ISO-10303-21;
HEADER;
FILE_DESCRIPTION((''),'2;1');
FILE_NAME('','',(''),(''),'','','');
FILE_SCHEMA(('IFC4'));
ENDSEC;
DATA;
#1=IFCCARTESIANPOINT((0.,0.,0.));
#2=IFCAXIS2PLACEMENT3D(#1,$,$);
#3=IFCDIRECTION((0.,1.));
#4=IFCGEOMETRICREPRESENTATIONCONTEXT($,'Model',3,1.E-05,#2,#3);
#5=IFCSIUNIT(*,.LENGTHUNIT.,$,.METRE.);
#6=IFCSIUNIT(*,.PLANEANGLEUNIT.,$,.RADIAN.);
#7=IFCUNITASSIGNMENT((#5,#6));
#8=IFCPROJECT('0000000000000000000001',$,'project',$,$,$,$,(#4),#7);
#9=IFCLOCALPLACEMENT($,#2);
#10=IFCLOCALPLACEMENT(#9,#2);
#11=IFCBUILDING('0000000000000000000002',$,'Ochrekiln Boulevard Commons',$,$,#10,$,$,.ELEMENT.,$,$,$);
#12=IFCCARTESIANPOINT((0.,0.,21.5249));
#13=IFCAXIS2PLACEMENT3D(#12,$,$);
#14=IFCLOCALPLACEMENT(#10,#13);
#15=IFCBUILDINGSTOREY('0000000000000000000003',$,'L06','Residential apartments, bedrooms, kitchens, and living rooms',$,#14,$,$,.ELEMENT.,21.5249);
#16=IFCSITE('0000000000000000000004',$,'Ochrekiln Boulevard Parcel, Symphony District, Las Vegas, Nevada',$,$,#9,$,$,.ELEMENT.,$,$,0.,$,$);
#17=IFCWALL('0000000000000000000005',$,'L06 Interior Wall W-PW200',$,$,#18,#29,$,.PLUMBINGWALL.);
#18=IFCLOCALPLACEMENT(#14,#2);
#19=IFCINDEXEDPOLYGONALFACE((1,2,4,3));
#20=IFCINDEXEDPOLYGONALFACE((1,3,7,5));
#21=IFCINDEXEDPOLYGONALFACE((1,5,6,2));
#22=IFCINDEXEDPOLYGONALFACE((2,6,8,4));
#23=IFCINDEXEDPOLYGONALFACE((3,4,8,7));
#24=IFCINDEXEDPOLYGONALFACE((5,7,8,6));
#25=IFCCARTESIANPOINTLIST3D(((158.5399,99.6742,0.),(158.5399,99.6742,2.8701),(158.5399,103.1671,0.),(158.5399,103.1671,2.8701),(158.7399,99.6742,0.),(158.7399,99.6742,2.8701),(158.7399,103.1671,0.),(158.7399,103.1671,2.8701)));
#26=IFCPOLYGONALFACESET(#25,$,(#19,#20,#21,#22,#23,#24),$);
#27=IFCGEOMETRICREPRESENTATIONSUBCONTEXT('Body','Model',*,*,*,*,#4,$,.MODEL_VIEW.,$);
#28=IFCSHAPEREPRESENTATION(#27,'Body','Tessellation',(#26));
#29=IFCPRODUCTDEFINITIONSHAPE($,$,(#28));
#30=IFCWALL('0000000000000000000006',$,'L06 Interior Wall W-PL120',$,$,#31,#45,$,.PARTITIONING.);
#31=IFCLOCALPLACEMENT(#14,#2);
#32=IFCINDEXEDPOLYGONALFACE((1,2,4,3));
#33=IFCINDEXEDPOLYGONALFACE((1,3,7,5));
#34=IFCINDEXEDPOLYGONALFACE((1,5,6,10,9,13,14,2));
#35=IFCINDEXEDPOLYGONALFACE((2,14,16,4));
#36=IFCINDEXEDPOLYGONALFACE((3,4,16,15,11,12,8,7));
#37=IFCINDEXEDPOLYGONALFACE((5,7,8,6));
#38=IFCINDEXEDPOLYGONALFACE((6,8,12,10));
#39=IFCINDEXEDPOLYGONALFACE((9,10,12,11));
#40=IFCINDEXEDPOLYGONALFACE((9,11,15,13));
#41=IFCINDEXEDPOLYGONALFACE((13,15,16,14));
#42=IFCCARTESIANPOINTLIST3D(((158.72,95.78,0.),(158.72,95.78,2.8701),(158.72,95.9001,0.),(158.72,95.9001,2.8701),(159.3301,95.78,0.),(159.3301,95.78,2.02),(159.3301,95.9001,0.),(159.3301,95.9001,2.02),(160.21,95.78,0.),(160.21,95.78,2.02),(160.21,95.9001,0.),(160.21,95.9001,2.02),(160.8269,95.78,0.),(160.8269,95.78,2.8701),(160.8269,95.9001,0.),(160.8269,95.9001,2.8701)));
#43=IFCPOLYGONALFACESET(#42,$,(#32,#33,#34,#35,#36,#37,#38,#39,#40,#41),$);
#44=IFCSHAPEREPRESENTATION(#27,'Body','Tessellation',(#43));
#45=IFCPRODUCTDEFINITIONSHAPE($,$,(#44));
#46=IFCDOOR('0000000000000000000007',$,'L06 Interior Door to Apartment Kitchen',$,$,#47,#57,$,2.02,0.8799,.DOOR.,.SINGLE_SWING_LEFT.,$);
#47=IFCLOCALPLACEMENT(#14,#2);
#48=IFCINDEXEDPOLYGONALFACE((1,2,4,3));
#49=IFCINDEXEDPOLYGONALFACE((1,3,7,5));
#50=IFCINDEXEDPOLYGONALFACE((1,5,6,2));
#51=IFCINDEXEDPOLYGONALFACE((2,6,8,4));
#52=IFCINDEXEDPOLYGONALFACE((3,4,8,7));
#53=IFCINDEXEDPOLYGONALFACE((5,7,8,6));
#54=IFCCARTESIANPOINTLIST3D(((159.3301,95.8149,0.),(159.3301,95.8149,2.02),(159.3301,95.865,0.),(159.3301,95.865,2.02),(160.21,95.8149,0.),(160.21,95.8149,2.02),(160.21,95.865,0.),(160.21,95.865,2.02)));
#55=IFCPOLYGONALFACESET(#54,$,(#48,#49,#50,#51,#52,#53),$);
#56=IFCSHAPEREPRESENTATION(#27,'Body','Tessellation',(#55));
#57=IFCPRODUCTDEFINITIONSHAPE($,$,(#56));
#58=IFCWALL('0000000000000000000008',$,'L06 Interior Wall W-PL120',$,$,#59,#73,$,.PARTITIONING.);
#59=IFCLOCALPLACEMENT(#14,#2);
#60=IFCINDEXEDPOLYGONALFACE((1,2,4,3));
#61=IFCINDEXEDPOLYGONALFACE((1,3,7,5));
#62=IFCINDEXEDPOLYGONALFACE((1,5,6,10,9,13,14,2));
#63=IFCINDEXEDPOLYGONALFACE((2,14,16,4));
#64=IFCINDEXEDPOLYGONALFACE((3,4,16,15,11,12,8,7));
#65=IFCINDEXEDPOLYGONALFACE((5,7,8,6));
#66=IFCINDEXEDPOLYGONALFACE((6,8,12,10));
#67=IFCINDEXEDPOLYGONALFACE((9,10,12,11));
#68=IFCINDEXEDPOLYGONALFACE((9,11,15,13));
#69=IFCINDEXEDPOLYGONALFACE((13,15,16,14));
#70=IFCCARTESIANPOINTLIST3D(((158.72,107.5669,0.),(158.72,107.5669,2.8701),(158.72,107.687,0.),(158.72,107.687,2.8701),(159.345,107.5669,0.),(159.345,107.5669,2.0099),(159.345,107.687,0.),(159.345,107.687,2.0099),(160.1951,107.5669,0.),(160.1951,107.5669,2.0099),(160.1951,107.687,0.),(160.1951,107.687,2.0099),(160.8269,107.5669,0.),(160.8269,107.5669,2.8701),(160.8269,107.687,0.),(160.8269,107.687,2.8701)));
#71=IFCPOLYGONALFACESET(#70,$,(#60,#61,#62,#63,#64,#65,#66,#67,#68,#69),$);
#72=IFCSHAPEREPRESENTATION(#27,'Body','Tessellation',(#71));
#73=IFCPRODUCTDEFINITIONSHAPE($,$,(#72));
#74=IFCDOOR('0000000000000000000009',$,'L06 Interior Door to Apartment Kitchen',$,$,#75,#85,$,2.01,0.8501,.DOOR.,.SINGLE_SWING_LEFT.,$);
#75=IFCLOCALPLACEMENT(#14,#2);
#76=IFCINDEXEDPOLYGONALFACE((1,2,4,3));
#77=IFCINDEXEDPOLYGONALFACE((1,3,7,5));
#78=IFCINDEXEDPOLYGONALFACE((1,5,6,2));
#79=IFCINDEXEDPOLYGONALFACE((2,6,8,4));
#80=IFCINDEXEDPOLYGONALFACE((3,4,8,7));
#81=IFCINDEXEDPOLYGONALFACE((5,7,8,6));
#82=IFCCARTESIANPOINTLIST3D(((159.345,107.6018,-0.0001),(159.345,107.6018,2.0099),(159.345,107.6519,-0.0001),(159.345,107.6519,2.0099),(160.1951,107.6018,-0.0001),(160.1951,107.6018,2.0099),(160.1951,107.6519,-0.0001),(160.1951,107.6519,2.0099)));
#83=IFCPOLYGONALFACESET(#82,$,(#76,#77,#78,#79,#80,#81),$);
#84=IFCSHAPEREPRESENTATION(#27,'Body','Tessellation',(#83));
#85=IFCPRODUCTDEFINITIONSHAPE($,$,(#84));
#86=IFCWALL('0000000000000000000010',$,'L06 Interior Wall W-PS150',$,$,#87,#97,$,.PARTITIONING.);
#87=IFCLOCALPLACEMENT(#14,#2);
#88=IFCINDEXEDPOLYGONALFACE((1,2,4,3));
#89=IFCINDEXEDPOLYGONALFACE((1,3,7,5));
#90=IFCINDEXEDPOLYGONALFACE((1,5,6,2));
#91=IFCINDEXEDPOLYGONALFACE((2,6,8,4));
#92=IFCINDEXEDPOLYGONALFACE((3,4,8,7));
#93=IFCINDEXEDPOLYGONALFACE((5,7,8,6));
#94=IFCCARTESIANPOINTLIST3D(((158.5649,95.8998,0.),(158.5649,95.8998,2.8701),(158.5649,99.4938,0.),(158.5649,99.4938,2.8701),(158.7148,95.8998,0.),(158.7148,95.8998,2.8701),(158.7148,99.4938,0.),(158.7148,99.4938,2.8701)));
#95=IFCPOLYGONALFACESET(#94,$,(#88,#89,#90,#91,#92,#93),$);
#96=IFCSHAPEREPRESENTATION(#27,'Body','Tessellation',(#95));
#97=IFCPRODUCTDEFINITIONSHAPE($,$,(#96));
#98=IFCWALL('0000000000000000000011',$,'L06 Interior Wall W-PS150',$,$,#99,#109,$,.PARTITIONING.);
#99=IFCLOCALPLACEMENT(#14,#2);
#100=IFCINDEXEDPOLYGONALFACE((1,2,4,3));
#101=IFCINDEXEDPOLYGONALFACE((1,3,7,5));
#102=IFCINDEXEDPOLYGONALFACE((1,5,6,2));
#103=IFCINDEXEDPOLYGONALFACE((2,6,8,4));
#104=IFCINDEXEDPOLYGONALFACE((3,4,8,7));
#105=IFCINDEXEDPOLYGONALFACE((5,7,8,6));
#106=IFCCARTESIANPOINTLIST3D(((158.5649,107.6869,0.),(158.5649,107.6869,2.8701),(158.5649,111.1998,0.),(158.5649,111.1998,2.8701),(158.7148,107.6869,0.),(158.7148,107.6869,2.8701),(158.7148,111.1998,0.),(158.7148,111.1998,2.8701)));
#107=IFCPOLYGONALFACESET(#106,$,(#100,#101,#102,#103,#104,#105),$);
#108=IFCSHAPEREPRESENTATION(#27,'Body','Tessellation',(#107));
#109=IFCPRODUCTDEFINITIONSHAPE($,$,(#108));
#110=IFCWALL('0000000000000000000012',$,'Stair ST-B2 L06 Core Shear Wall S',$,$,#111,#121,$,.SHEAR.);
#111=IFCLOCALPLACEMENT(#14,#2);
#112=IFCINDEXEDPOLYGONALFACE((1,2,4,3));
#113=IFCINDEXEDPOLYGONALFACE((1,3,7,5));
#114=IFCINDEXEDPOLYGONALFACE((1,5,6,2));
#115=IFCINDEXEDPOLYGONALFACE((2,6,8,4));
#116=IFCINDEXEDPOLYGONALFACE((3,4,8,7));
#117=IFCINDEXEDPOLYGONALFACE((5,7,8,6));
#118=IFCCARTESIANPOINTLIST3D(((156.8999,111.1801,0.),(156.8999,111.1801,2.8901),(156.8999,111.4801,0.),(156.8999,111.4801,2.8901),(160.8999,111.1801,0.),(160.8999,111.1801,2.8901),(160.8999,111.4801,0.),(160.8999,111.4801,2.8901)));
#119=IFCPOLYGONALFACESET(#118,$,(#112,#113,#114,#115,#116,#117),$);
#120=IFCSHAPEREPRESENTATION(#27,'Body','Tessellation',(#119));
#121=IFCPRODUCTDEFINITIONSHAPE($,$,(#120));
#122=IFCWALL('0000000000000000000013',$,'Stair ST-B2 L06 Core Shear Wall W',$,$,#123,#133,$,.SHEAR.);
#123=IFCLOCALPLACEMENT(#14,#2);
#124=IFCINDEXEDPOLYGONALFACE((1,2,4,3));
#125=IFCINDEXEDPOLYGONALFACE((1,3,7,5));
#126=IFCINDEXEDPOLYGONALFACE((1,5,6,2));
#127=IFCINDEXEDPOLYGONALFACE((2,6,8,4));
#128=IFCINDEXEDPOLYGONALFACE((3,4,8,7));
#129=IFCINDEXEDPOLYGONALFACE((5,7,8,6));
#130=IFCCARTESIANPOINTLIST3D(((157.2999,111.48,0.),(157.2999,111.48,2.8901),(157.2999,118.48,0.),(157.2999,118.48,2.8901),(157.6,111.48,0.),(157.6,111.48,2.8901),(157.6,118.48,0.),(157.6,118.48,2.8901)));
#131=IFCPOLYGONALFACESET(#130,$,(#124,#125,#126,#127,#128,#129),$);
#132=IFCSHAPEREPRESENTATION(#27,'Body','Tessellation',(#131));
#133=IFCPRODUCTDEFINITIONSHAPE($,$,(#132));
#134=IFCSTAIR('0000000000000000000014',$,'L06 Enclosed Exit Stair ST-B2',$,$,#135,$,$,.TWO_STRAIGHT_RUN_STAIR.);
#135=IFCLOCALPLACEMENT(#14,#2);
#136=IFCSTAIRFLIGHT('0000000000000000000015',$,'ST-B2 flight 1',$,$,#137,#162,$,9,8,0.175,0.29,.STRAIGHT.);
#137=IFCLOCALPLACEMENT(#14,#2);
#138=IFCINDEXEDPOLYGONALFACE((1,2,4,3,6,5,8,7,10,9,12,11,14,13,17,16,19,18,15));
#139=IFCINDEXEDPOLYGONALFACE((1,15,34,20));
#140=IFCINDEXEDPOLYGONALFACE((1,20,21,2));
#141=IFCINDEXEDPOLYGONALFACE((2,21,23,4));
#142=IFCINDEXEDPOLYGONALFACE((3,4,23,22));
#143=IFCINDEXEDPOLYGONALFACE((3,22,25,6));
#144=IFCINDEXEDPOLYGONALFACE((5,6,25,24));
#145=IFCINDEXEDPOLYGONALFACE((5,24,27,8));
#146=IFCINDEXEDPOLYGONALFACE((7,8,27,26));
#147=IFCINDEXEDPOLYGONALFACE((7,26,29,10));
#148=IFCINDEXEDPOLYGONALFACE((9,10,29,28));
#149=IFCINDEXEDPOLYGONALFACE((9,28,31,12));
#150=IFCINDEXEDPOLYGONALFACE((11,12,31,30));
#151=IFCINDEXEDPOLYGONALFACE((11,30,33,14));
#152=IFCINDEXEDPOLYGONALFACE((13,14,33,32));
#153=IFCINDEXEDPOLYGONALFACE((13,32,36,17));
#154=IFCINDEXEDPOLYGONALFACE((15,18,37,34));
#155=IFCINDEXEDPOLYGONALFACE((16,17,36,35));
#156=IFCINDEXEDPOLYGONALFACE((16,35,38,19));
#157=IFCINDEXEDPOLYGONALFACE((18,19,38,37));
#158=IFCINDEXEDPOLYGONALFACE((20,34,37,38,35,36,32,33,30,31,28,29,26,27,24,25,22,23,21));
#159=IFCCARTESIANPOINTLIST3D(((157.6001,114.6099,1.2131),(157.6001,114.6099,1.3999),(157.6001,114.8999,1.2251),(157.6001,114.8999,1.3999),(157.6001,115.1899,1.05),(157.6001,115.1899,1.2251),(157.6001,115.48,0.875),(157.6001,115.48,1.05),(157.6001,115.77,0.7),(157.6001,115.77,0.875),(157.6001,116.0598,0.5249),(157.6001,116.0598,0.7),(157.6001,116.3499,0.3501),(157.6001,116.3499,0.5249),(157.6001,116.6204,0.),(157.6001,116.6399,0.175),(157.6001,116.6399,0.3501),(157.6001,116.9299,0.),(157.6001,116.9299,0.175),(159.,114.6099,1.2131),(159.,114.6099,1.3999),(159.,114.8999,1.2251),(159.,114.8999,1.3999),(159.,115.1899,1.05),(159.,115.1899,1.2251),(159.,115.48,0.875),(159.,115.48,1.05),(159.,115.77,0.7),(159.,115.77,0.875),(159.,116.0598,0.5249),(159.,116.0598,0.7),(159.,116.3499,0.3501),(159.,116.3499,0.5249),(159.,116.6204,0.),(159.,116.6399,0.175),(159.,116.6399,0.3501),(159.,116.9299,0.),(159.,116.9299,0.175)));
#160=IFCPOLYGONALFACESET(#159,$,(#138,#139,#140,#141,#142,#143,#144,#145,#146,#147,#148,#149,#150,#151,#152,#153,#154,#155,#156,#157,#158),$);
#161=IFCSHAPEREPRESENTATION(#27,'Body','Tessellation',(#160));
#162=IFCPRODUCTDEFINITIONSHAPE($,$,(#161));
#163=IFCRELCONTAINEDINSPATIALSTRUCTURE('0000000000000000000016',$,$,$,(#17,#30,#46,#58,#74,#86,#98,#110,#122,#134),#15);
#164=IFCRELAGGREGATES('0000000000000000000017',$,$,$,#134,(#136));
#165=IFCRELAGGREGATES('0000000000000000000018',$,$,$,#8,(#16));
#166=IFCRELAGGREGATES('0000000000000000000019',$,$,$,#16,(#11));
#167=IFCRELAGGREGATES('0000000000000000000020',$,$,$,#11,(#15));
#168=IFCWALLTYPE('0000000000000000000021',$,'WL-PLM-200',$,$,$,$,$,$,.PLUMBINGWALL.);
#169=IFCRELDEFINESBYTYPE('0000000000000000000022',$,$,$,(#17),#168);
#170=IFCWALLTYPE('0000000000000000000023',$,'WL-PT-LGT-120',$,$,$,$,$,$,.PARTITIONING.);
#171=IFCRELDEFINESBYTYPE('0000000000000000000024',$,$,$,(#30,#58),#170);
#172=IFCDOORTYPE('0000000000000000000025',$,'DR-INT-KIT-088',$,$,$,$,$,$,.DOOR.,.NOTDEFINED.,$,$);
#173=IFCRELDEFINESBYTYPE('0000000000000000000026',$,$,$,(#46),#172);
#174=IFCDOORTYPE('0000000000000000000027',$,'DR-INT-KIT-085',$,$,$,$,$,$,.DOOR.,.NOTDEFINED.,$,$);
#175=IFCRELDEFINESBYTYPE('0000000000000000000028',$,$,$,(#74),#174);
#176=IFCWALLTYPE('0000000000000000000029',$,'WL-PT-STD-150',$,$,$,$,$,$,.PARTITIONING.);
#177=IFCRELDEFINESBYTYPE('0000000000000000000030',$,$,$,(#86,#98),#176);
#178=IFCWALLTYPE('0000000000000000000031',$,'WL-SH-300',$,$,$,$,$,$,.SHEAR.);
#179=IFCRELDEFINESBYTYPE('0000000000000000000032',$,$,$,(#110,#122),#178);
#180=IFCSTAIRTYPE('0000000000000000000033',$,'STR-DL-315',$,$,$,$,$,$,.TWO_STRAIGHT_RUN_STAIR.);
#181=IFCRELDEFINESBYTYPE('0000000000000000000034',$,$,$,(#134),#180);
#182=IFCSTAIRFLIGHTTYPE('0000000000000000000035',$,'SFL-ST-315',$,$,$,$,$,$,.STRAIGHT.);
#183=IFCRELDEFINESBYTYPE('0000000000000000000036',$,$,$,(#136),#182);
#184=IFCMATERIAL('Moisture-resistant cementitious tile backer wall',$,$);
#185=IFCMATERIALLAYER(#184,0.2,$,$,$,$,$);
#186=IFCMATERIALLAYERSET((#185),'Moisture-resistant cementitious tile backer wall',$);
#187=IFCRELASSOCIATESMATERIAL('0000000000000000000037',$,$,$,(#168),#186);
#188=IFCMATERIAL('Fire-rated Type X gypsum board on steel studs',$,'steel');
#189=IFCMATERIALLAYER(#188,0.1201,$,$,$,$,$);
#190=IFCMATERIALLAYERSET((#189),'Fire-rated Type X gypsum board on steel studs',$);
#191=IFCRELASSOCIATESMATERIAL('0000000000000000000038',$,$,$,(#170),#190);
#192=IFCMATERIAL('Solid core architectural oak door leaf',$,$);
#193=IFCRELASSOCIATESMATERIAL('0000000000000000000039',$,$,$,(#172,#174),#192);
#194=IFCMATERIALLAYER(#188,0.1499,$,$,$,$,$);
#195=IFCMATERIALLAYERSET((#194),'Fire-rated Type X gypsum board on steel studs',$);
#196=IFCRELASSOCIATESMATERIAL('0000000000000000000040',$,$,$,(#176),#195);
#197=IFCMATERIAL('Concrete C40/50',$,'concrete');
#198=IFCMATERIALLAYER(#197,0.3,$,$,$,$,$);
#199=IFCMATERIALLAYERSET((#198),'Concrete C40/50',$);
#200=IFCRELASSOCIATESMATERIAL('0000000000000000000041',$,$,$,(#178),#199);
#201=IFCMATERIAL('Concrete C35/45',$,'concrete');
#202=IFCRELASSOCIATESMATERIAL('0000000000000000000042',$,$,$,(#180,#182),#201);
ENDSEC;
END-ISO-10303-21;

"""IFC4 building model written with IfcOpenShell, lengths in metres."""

from ifc_helpers import new_model, si_unit, direction, frame, frame_2d, origin, place, context, subcontext, project, spatial, polyline, rectangle, outline, extrude, material, layer, layer_set, type_object, element, fill, aggregate, save


model = new_model("IFC4")

# Units and contexts
model_context = context("Model", 3, precision=1e-05, world=origin(), true_north=direction((0.0, 1.0)))
body_context = subcontext(model_context, "Body", "Model", "MODEL_VIEW")
ifc_project = project(units=[si_unit("LENGTHUNIT", "METRE"), si_unit("PLANEANGLEUNIT", "RADIAN")], contexts=[model_context])

# Site, building, storey
site_placement = place(None, origin())
site = spatial("IfcSite", under=ifc_project, at=site_placement, Name="Ochrekiln Boulevard Parcel, Symphony District, Las Vegas, Nevada", CompositionType="ELEMENT", RefElevation=0.0)
building_placement = place(site_placement, origin())
building = spatial("IfcBuilding", under=site, at=building_placement, Name="Ochrekiln Boulevard Commons", CompositionType="ELEMENT")
storey_placement = place(building_placement, frame((0.0, 0.0, 21.5249)))
storey = spatial("IfcBuildingStorey", under=building, at=storey_placement, Name="L06", Description="Residential apartments, bedrooms, kitchens, and living rooms", CompositionType="ELEMENT", Elevation=21.5249)

# Shared definitions
ifc_material_1 = material(Name="Concrete C40/50", Category="concrete")

# Shared definitions
ifc_material_2 = material(Name="Moisture-resistant cementitious tile backer wall")
ifc_layer_1 = layer(ifc_material_2, 0.2)
ifc_layer_set_1 = layer_set([ifc_layer_1], Name="Moisture-resistant cementitious tile backer wall")
wall_type_1 = type_object("IfcWallType", Name="WL-PLM-200", PredefinedType="PLUMBINGWALL", material=ifc_layer_set_1)
ifc_material_3 = material(Name="Solid core architectural oak door leaf")

# Wall
wall_1_placement = place(storey_placement, frame((158.6399, 99.6741, 0.0), z_axis=(0.0, 0.0, 1.0), x_axis=(0.0, 1.0, 0.0)))
element("IfcWall", 1, at=wall_1_placement, inside=storey, type_object=wall_type_1, Name="L06 Interior Wall W-PW200", PredefinedType="PLUMBINGWALL", context=body_context, shape_type="SweptSolid", body=[
    extrude(rectangle(XDim=3.4929, YDim=0.2, at=frame_2d((1.7466, 0.0))), origin(), (0.0, 0.0, 1.0), 2.8701),
])

# Walls, openings, doors
ifc_material_4 = material(Name="Fire-rated Type X gypsum board on steel studs", Category="steel")
ifc_layer_2 = layer(ifc_material_4, 0.1201)
ifc_layer_set_2 = layer_set([ifc_layer_2], Name="Fire-rated Type X gypsum board on steel studs")
wall_type_2 = type_object("IfcWallType", Name="WL-PT-LGT-120", PredefinedType="PARTITIONING", material=ifc_layer_set_2)
wall_2_placement = place(storey_placement, frame((158.72, 95.8401, 0.0), z_axis=(0.0, 0.0, 1.0), x_axis=(1.0, 0.0, 0.0)))
wall_2 = element("IfcWall", 2, at=wall_2_placement, inside=storey, type_object=wall_type_2, Name="L06 Interior Wall W-PL120", PredefinedType="PARTITIONING", context=body_context, shape_type="SweptSolid", body=[
    extrude(rectangle(XDim=2.1069, YDim=0.1201, at=frame_2d((1.0535, 0.0))), origin(), (0.0, 0.0, 1.0), 2.8701),
])
opening_1_placement = place(wall_2_placement, frame((0.6101, 0.0, 0.0)))
opening_1 = element("IfcOpeningElement", 3, at=opening_1_placement, cuts=wall_2, PredefinedType="OPENING", context=body_context, shape_type="SweptSolid", body=[
    extrude(rectangle(XDim=0.8799, YDim=2.02, at=frame_2d((0.4399, 1.01))), frame((0.0, 0.0701, 0.0), z_axis=(0.0, -1.0, 0.0), x_axis=(1.0, 0.0, 0.0)), (0.0, 0.0, 1.0), 0.1401),
])
door_type_1 = type_object("IfcDoorType", Name="DR-INT-KIT-088", OperationType="NOTDEFINED", PredefinedType="DOOR", material=ifc_material_3)
door_1_placement = place(opening_1_placement, origin())
door_1 = element("IfcDoor", 4, at=door_1_placement, inside=storey, type_object=door_type_1, Name="L06 Interior Door to Apartment Kitchen", OperationType="SINGLE_SWING_LEFT", OverallHeight=2.02, OverallWidth=0.8799, PredefinedType="DOOR", context=body_context, shape_type="SweptSolid", body=[
    extrude(rectangle(XDim=0.8799, YDim=2.02, at=frame_2d((0.4399, 1.01))), frame((0.0, 0.0249, 0.0), z_axis=(0.0, -1.0, 0.0), x_axis=(1.0, 0.0, 0.0)), (0.0, 0.0, 1.0), 0.05),
])
fill(opening_1, door_1)
wall_3_placement = place(storey_placement, frame((158.72, 107.627, 0.0), z_axis=(0.0, 0.0, 1.0), x_axis=(1.0, 0.0, 0.0)))
wall_3 = element("IfcWall", 5, at=wall_3_placement, inside=storey, type_object=wall_type_2, Name="L06 Interior Wall W-PL120", PredefinedType="PARTITIONING", context=body_context, shape_type="SweptSolid", body=[
    extrude(rectangle(XDim=2.1069, YDim=0.1201, at=frame_2d((1.0535, 0.0))), origin(), (0.0, 0.0, 1.0), 2.8701),
])
opening_2_placement = place(wall_3_placement, frame((0.625, 0.0, 0.0)))
opening_2 = element("IfcOpeningElement", 6, at=opening_2_placement, cuts=wall_3, PredefinedType="OPENING", context=body_context, shape_type="SweptSolid", body=[
    extrude(rectangle(XDim=0.8501, YDim=2.01, at=frame_2d((0.425, 1.0049))), frame((0.0, 0.0701, 0.0), z_axis=(0.0, -1.0, 0.0), x_axis=(1.0, 0.0, 0.0)), (0.0, 0.0, 1.0), 0.1401),
])
door_type_2 = type_object("IfcDoorType", Name="DR-INT-KIT-085", OperationType="NOTDEFINED", PredefinedType="DOOR", material=ifc_material_3)
door_2_placement = place(opening_2_placement, origin())
door_2 = element("IfcDoor", 7, at=door_2_placement, inside=storey, type_object=door_type_2, Name="L06 Interior Door to Apartment Kitchen", OperationType="SINGLE_SWING_LEFT", OverallHeight=2.01, OverallWidth=0.8501, PredefinedType="DOOR", context=body_context, shape_type="SweptSolid", body=[
    extrude(rectangle(XDim=0.8501, YDim=2.01, at=frame_2d((0.425, 1.0049))), frame((0.0, 0.0249, 0.0), z_axis=(0.0, -1.0, 0.0), x_axis=(1.0, 0.0, 0.0)), (0.0, 0.0, 1.0), 0.05),
])
fill(opening_2, door_2)

# Walls
ifc_layer_3 = layer(ifc_material_4, 0.1499)
ifc_layer_set_3 = layer_set([ifc_layer_3], Name="Fire-rated Type X gypsum board on steel studs")
wall_type_3 = type_object("IfcWallType", Name="WL-PT-STD-150", PredefinedType="PARTITIONING", material=ifc_layer_set_3)
wall_4_placement = place(storey_placement, frame((158.6399, 95.8999, 0.0), z_axis=(0.0, 0.0, 1.0), x_axis=(0.0, 1.0, 0.0)))
element("IfcWall", 8, at=wall_4_placement, inside=storey, type_object=wall_type_3, Name="L06 Interior Wall W-PS150", PredefinedType="PARTITIONING", context=body_context, shape_type="SweptSolid", body=[
    extrude(rectangle(XDim=3.594, YDim=0.1499, at=frame_2d((1.7969, 0.0))), origin(), (0.0, 0.0, 1.0), 2.8701),
])
wall_5_placement = place(storey_placement, frame((158.6399, 107.687, 0.0), z_axis=(0.0, 0.0, 1.0), x_axis=(0.0, 1.0, 0.0)))
element("IfcWall", 9, at=wall_5_placement, inside=storey, type_object=wall_type_3, Name="L06 Interior Wall W-PS150", PredefinedType="PARTITIONING", context=body_context, shape_type="SweptSolid", body=[
    extrude(rectangle(XDim=3.5129, YDim=0.1499, at=frame_2d((1.7563, 0.0))), origin(), (0.0, 0.0, 1.0), 2.8701),
])
ifc_layer_4 = layer(ifc_material_1, 0.3)
ifc_layer_set_4 = layer_set([ifc_layer_4], Name="Concrete C40/50")
wall_type_4 = type_object("IfcWallType", Name="WL-SH-300", PredefinedType="SHEAR", material=ifc_layer_set_4)
wall_6_placement = place(storey_placement, frame((156.8999, 111.3301, 0.0), z_axis=(0.0, 0.0, 1.0), x_axis=(1.0, 0.0, 0.0)))
element("IfcWall", 10, at=wall_6_placement, inside=storey, type_object=wall_type_4, Name="Stair ST-B2 L06 Core Shear Wall S", PredefinedType="SHEAR", context=body_context, shape_type="SweptSolid", body=[
    extrude(rectangle(XDim=4.0, YDim=0.3, at=frame_2d((2.0, 0.0))), origin(), (0.0, 0.0, 1.0), 2.8901),
])
wall_7_placement = place(storey_placement, frame((157.45, 111.48, 0.0), z_axis=(0.0, 0.0, 1.0), x_axis=(0.0, 1.0, 0.0)))
element("IfcWall", 11, at=wall_7_placement, inside=storey, type_object=wall_type_4, Name="Stair ST-B2 L06 Core Shear Wall W", PredefinedType="SHEAR", context=body_context, shape_type="SweptSolid", body=[
    extrude(rectangle(XDim=7.0, YDim=0.3, at=frame_2d((3.5, 0.0))), origin(), (0.0, 0.0, 1.0), 2.8901),
])

# Stair, stair flight
ifc_material_5 = material(Name="Concrete C35/45", Category="concrete")
stair_type = type_object("IfcStairType", Name="STR-DL-315", PredefinedType="TWO_STRAIGHT_RUN_STAIR", material=ifc_material_5)
stair_placement = place(storey_placement, origin())
stair = element("IfcStair", 12, at=stair_placement, inside=storey, type_object=stair_type, Name="L06 Enclosed Exit Stair ST-B2", PredefinedType="TWO_STRAIGHT_RUN_STAIR")
stair_flight_type = type_object("IfcStairFlightType", Name="SFL-ST-315", PredefinedType="STRAIGHT", material=ifc_material_5)
stair_flight_placement = place(storey_placement, frame((158.3, 116.9299, 0.0), z_axis=(0.0, 0.0, 1.0), x_axis=(0.0, -1.0, 0.0)))
stair_flight = element("IfcStairFlight", 13, at=stair_flight_placement, type_object=stair_flight_type, Name="ST-B2 flight 1", NumberOfRisers=9, NumberOfTreads=8, PredefinedType="STRAIGHT", RiserHeight=0.175, TreadLength=0.29, context=body_context, shape_type="SweptSolid", body=[
    extrude(outline(polyline([(0.0, 0.0), (0.0, 0.175), (0.29, 0.175), (0.29, 0.3501), (0.5801, 0.3501), (0.5801, 0.5249), (0.8701, 0.5249), (0.8701, 0.7), (1.1599, 0.7), (1.1599, 0.875), (1.45, 0.875), (1.45, 1.05), (1.74, 1.05), (1.74, 1.2251), (2.03, 1.2251), (2.03, 1.3999), (2.3201, 1.3999), (2.3201, 1.575), (2.3201, 1.2131), (0.3096, 0.0), (0.0, 0.0)])), frame((0.0, 0.7, 0.0), z_axis=(0.0, -1.0, 0.0), x_axis=(1.0, 0.0, 0.0)), (0.0, 0.0, 1.0), 1.3999),
])
aggregate(stair, [stair_flight])

save(model, "model.ifc")
